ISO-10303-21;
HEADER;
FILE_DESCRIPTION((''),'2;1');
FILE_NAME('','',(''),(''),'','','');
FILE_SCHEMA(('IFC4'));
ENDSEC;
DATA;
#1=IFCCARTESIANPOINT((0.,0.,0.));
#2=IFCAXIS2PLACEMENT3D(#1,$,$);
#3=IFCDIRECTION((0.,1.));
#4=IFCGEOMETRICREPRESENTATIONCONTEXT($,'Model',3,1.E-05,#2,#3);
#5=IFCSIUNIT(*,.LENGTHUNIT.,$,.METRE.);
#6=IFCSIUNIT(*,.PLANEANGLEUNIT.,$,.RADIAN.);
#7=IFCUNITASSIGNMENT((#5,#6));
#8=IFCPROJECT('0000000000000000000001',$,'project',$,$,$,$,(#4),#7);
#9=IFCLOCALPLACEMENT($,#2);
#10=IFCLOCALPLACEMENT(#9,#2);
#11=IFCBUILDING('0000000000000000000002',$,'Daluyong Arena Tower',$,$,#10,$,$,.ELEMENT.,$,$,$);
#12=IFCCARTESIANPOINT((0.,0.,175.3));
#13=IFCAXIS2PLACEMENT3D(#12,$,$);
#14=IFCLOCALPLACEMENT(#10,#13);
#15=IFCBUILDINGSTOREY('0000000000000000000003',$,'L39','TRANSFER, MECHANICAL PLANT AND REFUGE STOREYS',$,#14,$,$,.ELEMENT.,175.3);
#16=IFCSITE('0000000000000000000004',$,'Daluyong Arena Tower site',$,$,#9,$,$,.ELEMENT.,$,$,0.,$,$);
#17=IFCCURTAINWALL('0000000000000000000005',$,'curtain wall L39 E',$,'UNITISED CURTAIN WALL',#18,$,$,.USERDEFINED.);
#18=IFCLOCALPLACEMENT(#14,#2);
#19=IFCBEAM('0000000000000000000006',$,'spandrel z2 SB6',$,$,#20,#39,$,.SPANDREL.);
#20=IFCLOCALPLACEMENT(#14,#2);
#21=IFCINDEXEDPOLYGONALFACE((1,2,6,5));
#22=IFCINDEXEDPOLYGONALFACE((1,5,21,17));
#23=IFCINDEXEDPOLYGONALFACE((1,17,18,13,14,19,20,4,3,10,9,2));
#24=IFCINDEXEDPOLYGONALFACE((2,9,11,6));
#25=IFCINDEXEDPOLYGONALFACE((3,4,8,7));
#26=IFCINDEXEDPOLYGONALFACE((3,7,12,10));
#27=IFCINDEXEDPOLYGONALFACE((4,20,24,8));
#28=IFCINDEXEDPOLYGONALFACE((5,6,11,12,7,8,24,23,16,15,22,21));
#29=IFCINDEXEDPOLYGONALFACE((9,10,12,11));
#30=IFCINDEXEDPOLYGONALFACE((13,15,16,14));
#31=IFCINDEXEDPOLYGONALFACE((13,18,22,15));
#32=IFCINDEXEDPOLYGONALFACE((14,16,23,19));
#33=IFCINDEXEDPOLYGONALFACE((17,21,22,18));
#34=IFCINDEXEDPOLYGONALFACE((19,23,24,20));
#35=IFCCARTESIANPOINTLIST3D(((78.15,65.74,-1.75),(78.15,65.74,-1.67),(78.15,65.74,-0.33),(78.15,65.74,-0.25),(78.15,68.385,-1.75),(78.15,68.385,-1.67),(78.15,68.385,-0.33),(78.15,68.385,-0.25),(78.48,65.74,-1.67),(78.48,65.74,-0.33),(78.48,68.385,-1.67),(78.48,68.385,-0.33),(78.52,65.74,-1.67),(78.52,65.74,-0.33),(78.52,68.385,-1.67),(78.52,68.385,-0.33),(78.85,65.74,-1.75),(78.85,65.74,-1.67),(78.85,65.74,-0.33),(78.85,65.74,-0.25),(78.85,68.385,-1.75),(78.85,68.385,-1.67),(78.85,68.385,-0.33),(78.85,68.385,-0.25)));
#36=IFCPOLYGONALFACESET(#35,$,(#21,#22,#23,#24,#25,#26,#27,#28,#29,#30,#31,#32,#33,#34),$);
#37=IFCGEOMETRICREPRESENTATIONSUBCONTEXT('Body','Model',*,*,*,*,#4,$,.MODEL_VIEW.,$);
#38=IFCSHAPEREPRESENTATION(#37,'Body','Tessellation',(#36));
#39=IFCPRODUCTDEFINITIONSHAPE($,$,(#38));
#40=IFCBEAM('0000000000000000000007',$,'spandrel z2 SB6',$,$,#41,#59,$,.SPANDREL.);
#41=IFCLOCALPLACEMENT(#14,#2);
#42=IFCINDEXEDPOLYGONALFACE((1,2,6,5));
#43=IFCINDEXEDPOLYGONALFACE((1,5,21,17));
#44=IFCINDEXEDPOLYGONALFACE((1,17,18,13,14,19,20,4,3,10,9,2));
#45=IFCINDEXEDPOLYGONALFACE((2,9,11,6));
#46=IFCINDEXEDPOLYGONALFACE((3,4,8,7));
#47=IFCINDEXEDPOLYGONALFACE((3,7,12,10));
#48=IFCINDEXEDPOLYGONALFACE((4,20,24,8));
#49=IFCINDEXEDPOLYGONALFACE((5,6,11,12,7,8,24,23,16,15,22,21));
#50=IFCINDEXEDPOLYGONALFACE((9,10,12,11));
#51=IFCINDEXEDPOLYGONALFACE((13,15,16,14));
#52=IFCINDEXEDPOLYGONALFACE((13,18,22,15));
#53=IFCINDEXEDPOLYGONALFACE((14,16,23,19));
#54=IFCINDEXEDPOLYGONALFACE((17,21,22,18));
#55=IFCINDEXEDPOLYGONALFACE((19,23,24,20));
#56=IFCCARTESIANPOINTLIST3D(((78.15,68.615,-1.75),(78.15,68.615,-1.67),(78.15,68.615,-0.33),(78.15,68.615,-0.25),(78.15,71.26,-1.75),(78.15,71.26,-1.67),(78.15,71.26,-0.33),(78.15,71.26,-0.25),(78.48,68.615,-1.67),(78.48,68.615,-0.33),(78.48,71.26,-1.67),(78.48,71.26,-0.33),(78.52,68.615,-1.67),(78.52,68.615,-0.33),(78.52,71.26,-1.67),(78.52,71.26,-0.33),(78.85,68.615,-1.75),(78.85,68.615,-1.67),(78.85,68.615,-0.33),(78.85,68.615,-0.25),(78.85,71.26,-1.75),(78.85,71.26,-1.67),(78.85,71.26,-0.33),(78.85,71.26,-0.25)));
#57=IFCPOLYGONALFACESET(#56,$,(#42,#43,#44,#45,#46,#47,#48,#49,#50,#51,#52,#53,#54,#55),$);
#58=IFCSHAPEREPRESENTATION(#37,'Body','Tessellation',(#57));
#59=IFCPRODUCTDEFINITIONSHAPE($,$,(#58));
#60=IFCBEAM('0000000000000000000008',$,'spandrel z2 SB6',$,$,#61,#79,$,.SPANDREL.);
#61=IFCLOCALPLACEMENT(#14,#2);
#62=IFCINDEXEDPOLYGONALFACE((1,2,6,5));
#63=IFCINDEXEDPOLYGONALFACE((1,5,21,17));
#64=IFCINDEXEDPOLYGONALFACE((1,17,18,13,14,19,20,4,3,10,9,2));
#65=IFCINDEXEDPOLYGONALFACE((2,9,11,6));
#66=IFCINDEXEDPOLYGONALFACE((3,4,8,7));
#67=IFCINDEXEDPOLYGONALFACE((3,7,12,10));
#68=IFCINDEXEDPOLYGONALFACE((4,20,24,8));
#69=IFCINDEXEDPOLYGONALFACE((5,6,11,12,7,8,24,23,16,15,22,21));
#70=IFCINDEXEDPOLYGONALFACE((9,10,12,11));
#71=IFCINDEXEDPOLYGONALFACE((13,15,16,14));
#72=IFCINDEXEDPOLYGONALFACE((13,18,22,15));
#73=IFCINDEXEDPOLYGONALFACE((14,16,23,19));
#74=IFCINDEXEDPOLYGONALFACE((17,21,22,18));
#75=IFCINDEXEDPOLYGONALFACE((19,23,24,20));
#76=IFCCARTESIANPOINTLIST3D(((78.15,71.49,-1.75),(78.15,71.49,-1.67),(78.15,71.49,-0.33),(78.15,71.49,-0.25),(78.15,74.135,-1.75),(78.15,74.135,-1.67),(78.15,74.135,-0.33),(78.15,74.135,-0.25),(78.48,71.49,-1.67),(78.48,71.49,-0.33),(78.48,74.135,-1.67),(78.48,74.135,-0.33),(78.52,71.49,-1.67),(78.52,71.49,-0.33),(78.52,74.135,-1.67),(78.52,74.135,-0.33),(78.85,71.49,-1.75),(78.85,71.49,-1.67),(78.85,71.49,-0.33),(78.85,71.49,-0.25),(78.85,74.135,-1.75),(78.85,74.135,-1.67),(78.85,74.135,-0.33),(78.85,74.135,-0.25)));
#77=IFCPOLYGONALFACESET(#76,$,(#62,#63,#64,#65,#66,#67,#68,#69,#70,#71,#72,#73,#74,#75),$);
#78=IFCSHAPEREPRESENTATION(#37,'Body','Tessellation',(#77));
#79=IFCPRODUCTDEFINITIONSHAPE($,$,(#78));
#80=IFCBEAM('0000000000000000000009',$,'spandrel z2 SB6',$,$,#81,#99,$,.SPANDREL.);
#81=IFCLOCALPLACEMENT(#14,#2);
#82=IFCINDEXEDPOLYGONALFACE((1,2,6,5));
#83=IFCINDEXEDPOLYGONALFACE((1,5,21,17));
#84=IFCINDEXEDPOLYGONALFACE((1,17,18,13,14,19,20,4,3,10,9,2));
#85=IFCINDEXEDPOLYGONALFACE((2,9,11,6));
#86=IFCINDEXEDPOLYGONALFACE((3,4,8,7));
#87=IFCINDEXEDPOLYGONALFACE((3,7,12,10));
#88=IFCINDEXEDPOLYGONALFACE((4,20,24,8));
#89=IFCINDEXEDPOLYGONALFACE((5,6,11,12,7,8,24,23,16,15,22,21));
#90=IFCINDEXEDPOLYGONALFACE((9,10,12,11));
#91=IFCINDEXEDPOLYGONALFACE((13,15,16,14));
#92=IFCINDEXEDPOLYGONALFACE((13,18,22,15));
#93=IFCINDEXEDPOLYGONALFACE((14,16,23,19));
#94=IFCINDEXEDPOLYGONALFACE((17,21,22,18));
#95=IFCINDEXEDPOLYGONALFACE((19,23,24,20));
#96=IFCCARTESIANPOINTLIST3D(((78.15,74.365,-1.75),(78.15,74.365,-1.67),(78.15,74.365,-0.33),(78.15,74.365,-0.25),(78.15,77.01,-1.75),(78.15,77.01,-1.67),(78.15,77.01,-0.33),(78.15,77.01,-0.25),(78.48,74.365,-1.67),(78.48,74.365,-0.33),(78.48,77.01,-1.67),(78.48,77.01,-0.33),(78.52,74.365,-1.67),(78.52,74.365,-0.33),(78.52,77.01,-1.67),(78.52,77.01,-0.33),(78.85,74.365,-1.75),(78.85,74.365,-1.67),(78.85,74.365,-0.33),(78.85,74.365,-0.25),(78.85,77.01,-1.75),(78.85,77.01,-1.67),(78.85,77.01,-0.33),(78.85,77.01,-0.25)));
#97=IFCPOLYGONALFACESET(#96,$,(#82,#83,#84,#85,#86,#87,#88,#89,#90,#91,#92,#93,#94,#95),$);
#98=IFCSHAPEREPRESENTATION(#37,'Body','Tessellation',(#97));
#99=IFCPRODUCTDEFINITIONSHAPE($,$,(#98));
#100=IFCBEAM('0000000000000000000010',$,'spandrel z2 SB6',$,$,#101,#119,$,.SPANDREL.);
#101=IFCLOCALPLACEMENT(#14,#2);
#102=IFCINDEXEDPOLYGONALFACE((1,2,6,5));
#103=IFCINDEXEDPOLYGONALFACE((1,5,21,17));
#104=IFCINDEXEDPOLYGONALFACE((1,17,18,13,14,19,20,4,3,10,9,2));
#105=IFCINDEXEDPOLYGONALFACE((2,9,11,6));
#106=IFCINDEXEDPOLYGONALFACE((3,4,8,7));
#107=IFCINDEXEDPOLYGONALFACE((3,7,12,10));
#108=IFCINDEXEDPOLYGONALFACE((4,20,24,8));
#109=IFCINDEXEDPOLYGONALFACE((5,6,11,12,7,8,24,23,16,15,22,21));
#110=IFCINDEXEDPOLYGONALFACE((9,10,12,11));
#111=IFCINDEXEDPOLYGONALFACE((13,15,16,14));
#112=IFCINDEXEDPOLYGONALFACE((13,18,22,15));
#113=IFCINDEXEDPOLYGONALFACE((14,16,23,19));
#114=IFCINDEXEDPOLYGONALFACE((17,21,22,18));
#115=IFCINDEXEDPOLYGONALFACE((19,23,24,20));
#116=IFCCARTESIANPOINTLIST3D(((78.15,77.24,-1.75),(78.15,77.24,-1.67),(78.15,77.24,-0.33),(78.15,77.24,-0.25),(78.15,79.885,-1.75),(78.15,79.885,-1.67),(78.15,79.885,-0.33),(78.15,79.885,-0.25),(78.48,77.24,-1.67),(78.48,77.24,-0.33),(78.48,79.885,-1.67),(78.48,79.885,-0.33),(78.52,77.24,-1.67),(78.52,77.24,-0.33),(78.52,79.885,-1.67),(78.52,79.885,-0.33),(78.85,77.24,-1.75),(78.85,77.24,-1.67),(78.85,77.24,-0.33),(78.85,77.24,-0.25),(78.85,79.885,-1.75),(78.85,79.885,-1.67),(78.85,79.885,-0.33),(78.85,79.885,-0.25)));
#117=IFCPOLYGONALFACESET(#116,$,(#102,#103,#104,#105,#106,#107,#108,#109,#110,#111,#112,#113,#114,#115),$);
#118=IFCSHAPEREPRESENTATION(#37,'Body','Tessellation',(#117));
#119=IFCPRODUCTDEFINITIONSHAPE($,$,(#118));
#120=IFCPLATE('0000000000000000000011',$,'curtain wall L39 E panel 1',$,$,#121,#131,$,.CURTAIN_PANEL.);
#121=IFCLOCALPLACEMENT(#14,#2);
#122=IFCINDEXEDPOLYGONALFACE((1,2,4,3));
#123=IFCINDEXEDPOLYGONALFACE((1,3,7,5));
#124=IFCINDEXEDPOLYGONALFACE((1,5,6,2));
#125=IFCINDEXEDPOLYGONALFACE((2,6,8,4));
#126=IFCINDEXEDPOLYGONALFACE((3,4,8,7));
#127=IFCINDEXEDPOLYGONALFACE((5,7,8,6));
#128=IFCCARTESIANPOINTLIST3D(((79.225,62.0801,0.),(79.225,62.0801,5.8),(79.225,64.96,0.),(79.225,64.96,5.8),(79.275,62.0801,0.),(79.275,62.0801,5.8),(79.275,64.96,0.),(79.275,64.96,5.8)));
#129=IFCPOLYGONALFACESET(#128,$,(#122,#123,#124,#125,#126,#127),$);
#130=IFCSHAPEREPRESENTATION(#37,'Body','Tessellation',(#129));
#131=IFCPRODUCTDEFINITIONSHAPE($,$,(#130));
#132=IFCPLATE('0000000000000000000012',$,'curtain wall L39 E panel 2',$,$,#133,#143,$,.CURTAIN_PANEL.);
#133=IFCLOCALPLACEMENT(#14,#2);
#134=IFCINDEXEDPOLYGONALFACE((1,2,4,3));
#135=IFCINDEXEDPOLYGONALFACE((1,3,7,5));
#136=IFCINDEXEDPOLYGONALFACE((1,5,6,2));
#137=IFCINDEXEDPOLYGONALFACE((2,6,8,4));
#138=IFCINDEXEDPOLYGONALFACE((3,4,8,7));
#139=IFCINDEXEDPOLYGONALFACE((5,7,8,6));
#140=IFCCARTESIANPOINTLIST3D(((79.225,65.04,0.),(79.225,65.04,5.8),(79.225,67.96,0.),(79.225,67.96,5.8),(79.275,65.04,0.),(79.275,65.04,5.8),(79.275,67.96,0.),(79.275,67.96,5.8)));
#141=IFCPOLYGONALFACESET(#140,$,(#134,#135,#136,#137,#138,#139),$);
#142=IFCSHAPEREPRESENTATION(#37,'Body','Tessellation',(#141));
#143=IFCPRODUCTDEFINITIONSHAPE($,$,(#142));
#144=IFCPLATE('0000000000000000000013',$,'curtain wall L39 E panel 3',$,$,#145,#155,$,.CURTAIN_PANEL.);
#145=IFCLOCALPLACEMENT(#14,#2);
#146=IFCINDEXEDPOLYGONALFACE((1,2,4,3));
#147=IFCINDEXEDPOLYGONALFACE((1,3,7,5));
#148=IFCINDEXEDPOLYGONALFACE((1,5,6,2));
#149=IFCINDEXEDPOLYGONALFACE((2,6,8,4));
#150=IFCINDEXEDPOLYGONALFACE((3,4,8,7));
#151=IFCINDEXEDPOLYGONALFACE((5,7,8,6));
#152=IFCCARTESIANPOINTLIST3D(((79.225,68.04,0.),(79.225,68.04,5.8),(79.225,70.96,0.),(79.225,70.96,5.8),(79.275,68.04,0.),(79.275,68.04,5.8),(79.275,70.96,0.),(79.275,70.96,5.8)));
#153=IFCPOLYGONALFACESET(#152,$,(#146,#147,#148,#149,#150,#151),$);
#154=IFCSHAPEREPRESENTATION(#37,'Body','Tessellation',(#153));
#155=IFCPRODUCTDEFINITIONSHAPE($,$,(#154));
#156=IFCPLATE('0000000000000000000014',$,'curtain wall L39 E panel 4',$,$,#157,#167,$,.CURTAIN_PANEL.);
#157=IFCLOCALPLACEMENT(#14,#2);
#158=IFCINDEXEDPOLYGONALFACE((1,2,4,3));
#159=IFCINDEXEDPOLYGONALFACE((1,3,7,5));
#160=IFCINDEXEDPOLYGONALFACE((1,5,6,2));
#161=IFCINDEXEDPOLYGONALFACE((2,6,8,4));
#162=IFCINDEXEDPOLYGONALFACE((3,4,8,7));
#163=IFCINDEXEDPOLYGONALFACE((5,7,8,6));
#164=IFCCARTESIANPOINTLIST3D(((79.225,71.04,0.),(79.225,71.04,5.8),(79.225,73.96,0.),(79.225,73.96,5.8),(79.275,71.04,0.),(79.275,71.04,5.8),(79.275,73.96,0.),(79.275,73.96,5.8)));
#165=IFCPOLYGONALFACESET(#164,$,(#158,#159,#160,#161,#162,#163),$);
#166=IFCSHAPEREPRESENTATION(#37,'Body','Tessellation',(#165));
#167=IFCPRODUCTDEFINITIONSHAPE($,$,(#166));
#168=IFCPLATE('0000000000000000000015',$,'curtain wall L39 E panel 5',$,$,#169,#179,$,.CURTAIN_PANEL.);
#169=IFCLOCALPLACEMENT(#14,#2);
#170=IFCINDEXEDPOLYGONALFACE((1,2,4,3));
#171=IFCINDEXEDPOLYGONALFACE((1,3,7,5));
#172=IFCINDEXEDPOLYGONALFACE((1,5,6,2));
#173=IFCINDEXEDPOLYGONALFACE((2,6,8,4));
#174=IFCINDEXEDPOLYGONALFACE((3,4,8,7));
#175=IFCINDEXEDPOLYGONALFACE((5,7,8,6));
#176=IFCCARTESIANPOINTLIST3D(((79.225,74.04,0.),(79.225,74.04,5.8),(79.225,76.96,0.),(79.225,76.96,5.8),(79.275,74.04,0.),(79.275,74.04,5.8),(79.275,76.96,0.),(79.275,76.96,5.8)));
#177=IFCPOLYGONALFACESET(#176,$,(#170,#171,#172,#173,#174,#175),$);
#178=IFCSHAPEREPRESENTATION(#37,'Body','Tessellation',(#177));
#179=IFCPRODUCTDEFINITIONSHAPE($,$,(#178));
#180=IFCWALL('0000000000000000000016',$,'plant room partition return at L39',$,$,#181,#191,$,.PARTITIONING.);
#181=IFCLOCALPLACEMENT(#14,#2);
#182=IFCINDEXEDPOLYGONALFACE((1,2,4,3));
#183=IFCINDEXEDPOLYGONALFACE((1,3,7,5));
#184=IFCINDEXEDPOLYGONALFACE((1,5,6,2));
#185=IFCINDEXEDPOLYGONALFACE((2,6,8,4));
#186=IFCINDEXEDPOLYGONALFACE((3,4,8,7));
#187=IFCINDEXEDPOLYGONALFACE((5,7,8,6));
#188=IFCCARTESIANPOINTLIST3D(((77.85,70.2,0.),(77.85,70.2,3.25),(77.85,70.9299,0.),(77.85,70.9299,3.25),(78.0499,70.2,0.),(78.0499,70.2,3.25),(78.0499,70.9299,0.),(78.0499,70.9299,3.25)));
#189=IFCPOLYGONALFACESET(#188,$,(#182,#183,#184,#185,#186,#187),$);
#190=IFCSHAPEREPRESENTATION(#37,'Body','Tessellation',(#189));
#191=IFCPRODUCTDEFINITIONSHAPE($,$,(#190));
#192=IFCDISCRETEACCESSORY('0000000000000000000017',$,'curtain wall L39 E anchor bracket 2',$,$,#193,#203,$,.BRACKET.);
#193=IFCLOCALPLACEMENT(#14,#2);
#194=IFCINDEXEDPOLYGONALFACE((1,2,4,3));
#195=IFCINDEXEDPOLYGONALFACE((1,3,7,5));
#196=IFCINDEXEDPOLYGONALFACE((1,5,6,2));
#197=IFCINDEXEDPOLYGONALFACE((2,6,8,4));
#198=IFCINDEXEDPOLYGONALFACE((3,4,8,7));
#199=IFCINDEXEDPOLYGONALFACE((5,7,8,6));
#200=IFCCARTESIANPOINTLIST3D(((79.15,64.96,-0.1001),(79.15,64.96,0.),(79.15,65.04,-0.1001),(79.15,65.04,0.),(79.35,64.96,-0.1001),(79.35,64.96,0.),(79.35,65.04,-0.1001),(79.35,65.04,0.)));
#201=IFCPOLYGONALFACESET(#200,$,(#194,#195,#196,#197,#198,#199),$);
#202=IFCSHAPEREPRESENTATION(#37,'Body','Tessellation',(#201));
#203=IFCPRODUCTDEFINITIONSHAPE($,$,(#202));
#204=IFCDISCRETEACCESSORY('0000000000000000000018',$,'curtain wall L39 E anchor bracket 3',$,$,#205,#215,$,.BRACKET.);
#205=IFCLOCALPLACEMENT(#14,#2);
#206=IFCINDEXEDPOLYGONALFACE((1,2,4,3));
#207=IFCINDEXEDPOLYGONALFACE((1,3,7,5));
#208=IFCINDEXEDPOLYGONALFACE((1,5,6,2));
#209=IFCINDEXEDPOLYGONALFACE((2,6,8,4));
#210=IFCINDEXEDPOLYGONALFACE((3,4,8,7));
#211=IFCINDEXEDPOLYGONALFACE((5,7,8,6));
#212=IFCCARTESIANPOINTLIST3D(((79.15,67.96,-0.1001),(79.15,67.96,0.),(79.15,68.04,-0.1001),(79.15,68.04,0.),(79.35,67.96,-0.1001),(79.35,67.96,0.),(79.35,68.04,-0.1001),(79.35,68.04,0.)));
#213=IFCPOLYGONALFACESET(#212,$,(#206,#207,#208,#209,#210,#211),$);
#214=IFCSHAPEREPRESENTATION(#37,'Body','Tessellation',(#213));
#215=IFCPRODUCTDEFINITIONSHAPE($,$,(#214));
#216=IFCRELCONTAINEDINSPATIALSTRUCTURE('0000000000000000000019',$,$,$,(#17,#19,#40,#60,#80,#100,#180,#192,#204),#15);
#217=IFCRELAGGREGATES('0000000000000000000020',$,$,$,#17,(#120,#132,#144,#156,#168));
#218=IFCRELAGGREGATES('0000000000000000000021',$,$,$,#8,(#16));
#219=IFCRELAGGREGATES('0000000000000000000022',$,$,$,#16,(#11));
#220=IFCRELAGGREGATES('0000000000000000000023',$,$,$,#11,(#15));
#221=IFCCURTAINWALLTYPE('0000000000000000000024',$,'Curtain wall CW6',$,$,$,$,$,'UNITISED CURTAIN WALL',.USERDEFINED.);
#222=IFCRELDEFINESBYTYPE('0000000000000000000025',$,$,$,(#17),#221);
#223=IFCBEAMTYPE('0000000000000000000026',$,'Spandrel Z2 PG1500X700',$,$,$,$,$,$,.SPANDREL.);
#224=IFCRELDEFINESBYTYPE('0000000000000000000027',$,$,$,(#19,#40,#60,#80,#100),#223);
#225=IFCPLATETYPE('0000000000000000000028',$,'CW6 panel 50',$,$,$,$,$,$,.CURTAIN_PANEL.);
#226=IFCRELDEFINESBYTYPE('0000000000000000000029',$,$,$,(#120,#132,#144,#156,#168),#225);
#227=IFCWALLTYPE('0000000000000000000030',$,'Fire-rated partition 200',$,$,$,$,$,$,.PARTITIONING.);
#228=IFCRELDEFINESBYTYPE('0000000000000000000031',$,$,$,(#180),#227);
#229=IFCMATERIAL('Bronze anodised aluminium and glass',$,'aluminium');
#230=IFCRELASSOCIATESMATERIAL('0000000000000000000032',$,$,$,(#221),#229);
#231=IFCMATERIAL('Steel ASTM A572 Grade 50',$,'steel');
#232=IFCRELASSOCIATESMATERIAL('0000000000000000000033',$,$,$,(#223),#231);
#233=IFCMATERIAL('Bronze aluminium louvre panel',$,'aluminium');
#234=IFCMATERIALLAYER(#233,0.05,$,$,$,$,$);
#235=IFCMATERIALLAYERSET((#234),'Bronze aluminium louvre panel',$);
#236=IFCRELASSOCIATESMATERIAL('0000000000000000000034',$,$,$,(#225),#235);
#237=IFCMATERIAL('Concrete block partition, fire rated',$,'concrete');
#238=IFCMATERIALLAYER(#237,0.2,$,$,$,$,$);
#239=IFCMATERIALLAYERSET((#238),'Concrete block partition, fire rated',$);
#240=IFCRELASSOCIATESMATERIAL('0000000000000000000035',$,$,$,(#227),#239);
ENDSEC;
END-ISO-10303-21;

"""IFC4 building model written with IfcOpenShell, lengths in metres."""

from ifc_helpers import new_model, si_unit, direction, frame, frame_2d, origin, origin_2d, place, context, subcontext, project, spatial, rectangle, i_section, extrude, material, layer, layer_set, material_profile, profile_set, type_object, element, aggregate, save


model = new_model("IFC4")

# Units and contexts
model_context = context("Model", 3, precision=1e-05, world=origin(), true_north=direction((0.0, 1.0)))
body_context = subcontext(model_context, "Body", "Model", "MODEL_VIEW")
ifc_project = project(units=[si_unit("LENGTHUNIT", "METRE"), si_unit("PLANEANGLEUNIT", "RADIAN")], contexts=[model_context])

# Site, building, storey
site_placement = place(None, origin())
site = spatial("IfcSite", under=ifc_project, at=site_placement, Name="Daluyong Arena Tower site", CompositionType="ELEMENT", RefElevation=0.0)
building_placement = place(site_placement, origin())
building = spatial("IfcBuilding", under=site, at=building_placement, Name="Daluyong Arena Tower", CompositionType="ELEMENT")
storey_placement = place(building_placement, frame((0.0, 0.0, 175.3)))
storey = spatial("IfcBuildingStorey", under=building, at=storey_placement, Name="L39", Description="TRANSFER, MECHANICAL PLANT AND REFUGE STOREYS", CompositionType="ELEMENT", Elevation=175.3)

# Curtain wall
ifc_material_1 = material(Name="Bronze anodised aluminium and glass", Category="aluminium")
curtain_wall_type = type_object("IfcCurtainWallType", Name="Curtain wall CW6", ElementType="UNITISED CURTAIN WALL", PredefinedType="USERDEFINED", material=ifc_material_1)
curtain_wall_placement = place(storey_placement, origin())
curtain_wall = element("IfcCurtainWall", 1, at=curtain_wall_placement, inside=storey, type_object=curtain_wall_type, Name="curtain wall L39 E", ObjectType="UNITISED CURTAIN WALL", PredefinedType="USERDEFINED")

# Beams
ifc_material_2 = material(Name="Steel ASTM A572 Grade 50", Category="steel")
ifc_material_profile_1 = material_profile(ifc_material_2, i_section(OverallWidth=0.7, OverallDepth=1.5, WebThickness=0.04, FlangeThickness=0.08, at=origin_2d()))
ifc_profile_set_1 = profile_set([ifc_material_profile_1], Name="Steel ASTM A572 Grade 50")
beam_type_1 = type_object("IfcBeamType", Name="Spandrel Z2 PG1500X700", PredefinedType="SPANDREL", material=ifc_profile_set_1)
for number, where, z_axis, x_axis, name in (
    (2, (78.5, 65.74, -1.0), (0.0, 1.0, 0.0), (-1.0, 0.0, 0.0), "spandrel z2 SB6"),
    (3, (78.5, 68.615, -1.0), (0.0, 1.0, 0.0), (-1.0, 0.0, 0.0), "spandrel z2 SB6"),
    (4, (78.5, 71.49, -1.0), (0.0, 1.0, 0.0), (-1.0, 0.0, 0.0), "spandrel z2 SB6"),
    (5, (78.5, 74.365, -1.0), (0.0, 1.0, 0.0), (-1.0, 0.0, 0.0), "spandrel z2 SB6"),
    (6, (78.5, 77.24, -1.0), (0.0, 1.0, 0.0), (-1.0, 0.0, 0.0), "spandrel z2 SB6"),
):
    element("IfcBeam", number, at=place(storey_placement, frame(where, z_axis=z_axis, x_axis=x_axis)), inside=storey, type_object=beam_type_1, Name=name, PredefinedType="SPANDREL", context=body_context, shape_type="SweptSolid", body=[
        extrude(i_section(OverallWidth=0.7, OverallDepth=1.5, WebThickness=0.04, FlangeThickness=0.08, at=origin_2d()), origin(), (0.0, 0.0, 1.0), 2.645),
    ])

# Plates
ifc_material_3 = material(Name="Bronze aluminium louvre panel", Category="aluminium")
ifc_layer_1 = layer(ifc_material_3, 0.05)
ifc_layer_set_1 = layer_set([ifc_layer_1], Name="Bronze aluminium louvre panel")
plate_type = type_object("IfcPlateType", Name="CW6 panel 50", PredefinedType="CURTAIN_PANEL", material=ifc_layer_set_1)
plate_1_placement = place(storey_placement, frame((79.25, 63.52, 0.0), z_axis=(0.0, 0.0, 1.0), x_axis=(0.0, 1.0, 0.0)))
plate_1 = element("IfcPlate", 7, at=plate_1_placement, type_object=plate_type, Name="curtain wall L39 E panel 1", PredefinedType="CURTAIN_PANEL", context=body_context, shape_type="SweptSolid", body=[
    extrude(rectangle(XDim=2.8799, YDim=0.05, at=origin_2d()), origin(), (0.0, 0.0, 1.0), 5.8),
])
plate_2_placement = place(storey_placement, frame((79.25, 66.5, 0.0), z_axis=(0.0, 0.0, 1.0), x_axis=(0.0, 1.0, 0.0)))
plate_2 = element("IfcPlate", 8, at=plate_2_placement, type_object=plate_type, Name="curtain wall L39 E panel 2", PredefinedType="CURTAIN_PANEL", context=body_context, shape_type="SweptSolid", body=[
    extrude(rectangle(XDim=2.9199, YDim=0.05, at=origin_2d()), origin(), (0.0, 0.0, 1.0), 5.8),
])
plate_3_placement = place(storey_placement, frame((79.25, 69.5, 0.0), z_axis=(0.0, 0.0, 1.0), x_axis=(0.0, 1.0, 0.0)))
plate_3 = element("IfcPlate", 9, at=plate_3_placement, type_object=plate_type, Name="curtain wall L39 E panel 3", PredefinedType="CURTAIN_PANEL", context=body_context, shape_type="SweptSolid", body=[
    extrude(rectangle(XDim=2.9199, YDim=0.05, at=origin_2d()), origin(), (0.0, 0.0, 1.0), 5.8),
])
plate_4_placement = place(storey_placement, frame((79.25, 72.5, 0.0), z_axis=(0.0, 0.0, 1.0), x_axis=(0.0, 1.0, 0.0)))
plate_4 = element("IfcPlate", 10, at=plate_4_placement, type_object=plate_type, Name="curtain wall L39 E panel 4", PredefinedType="CURTAIN_PANEL", context=body_context, shape_type="SweptSolid", body=[
    extrude(rectangle(XDim=2.9199, YDim=0.05, at=origin_2d()), origin(), (0.0, 0.0, 1.0), 5.8),
])
plate_5_placement = place(storey_placement, frame((79.25, 75.5, 0.0), z_axis=(0.0, 0.0, 1.0), x_axis=(0.0, 1.0, 0.0)))
plate_5 = element("IfcPlate", 11, at=plate_5_placement, type_object=plate_type, Name="curtain wall L39 E panel 5", PredefinedType="CURTAIN_PANEL", context=body_context, shape_type="SweptSolid", body=[
    extrude(rectangle(XDim=2.9199, YDim=0.05, at=origin_2d()), origin(), (0.0, 0.0, 1.0), 5.8),
])
aggregate(curtain_wall, [plate_1, plate_2, plate_3, plate_4, plate_5])

# Wall
ifc_material_4 = material(Name="Concrete block partition, fire rated", Category="concrete")
ifc_layer_2 = layer(ifc_material_4, 0.2)
ifc_layer_set_2 = layer_set([ifc_layer_2], Name="Concrete block partition, fire rated")
wall_type = type_object("IfcWallType", Name="Fire-rated partition 200", PredefinedType="PARTITIONING", material=ifc_layer_set_2)
wall_placement = place(storey_placement, frame((77.95, 70.2, 0.0), z_axis=(0.0, 0.0, 1.0), x_axis=(0.0, 1.0, 0.0)))
element("IfcWall", 12, at=wall_placement, inside=storey, type_object=wall_type, Name="plant room partition return at L39", PredefinedType="PARTITIONING", context=body_context, shape_type="SweptSolid", body=[
    extrude(rectangle(XDim=0.73, YDim=0.2, at=frame_2d((0.365, 0.0))), origin(), (0.0, 0.0, 1.0), 3.25),
])

# Discrete accessories
for number, where, z_axis, x_axis, name in (
    (13, (79.25, 65.0, -0.1001), (0.0, 0.0, 1.0), (0.0, 1.0, 0.0), "curtain wall L39 E anchor bracket 2"),
    (14, (79.25, 68.0, -0.1001), (0.0, 0.0, 1.0), (0.0, 1.0, 0.0), "curtain wall L39 E anchor bracket 3"),
):
    element("IfcDiscreteAccessory", number, at=place(storey_placement, frame(where, z_axis=z_axis, x_axis=x_axis)), inside=storey, Name=name, PredefinedType="BRACKET", context=body_context, shape_type="SweptSolid", body=[
        extrude(rectangle(XDim=0.0801, YDim=0.2, at=origin_2d()), origin(), (0.0, 0.0, 1.0), 0.1001),
    ])

save(model, "model.ifc")
